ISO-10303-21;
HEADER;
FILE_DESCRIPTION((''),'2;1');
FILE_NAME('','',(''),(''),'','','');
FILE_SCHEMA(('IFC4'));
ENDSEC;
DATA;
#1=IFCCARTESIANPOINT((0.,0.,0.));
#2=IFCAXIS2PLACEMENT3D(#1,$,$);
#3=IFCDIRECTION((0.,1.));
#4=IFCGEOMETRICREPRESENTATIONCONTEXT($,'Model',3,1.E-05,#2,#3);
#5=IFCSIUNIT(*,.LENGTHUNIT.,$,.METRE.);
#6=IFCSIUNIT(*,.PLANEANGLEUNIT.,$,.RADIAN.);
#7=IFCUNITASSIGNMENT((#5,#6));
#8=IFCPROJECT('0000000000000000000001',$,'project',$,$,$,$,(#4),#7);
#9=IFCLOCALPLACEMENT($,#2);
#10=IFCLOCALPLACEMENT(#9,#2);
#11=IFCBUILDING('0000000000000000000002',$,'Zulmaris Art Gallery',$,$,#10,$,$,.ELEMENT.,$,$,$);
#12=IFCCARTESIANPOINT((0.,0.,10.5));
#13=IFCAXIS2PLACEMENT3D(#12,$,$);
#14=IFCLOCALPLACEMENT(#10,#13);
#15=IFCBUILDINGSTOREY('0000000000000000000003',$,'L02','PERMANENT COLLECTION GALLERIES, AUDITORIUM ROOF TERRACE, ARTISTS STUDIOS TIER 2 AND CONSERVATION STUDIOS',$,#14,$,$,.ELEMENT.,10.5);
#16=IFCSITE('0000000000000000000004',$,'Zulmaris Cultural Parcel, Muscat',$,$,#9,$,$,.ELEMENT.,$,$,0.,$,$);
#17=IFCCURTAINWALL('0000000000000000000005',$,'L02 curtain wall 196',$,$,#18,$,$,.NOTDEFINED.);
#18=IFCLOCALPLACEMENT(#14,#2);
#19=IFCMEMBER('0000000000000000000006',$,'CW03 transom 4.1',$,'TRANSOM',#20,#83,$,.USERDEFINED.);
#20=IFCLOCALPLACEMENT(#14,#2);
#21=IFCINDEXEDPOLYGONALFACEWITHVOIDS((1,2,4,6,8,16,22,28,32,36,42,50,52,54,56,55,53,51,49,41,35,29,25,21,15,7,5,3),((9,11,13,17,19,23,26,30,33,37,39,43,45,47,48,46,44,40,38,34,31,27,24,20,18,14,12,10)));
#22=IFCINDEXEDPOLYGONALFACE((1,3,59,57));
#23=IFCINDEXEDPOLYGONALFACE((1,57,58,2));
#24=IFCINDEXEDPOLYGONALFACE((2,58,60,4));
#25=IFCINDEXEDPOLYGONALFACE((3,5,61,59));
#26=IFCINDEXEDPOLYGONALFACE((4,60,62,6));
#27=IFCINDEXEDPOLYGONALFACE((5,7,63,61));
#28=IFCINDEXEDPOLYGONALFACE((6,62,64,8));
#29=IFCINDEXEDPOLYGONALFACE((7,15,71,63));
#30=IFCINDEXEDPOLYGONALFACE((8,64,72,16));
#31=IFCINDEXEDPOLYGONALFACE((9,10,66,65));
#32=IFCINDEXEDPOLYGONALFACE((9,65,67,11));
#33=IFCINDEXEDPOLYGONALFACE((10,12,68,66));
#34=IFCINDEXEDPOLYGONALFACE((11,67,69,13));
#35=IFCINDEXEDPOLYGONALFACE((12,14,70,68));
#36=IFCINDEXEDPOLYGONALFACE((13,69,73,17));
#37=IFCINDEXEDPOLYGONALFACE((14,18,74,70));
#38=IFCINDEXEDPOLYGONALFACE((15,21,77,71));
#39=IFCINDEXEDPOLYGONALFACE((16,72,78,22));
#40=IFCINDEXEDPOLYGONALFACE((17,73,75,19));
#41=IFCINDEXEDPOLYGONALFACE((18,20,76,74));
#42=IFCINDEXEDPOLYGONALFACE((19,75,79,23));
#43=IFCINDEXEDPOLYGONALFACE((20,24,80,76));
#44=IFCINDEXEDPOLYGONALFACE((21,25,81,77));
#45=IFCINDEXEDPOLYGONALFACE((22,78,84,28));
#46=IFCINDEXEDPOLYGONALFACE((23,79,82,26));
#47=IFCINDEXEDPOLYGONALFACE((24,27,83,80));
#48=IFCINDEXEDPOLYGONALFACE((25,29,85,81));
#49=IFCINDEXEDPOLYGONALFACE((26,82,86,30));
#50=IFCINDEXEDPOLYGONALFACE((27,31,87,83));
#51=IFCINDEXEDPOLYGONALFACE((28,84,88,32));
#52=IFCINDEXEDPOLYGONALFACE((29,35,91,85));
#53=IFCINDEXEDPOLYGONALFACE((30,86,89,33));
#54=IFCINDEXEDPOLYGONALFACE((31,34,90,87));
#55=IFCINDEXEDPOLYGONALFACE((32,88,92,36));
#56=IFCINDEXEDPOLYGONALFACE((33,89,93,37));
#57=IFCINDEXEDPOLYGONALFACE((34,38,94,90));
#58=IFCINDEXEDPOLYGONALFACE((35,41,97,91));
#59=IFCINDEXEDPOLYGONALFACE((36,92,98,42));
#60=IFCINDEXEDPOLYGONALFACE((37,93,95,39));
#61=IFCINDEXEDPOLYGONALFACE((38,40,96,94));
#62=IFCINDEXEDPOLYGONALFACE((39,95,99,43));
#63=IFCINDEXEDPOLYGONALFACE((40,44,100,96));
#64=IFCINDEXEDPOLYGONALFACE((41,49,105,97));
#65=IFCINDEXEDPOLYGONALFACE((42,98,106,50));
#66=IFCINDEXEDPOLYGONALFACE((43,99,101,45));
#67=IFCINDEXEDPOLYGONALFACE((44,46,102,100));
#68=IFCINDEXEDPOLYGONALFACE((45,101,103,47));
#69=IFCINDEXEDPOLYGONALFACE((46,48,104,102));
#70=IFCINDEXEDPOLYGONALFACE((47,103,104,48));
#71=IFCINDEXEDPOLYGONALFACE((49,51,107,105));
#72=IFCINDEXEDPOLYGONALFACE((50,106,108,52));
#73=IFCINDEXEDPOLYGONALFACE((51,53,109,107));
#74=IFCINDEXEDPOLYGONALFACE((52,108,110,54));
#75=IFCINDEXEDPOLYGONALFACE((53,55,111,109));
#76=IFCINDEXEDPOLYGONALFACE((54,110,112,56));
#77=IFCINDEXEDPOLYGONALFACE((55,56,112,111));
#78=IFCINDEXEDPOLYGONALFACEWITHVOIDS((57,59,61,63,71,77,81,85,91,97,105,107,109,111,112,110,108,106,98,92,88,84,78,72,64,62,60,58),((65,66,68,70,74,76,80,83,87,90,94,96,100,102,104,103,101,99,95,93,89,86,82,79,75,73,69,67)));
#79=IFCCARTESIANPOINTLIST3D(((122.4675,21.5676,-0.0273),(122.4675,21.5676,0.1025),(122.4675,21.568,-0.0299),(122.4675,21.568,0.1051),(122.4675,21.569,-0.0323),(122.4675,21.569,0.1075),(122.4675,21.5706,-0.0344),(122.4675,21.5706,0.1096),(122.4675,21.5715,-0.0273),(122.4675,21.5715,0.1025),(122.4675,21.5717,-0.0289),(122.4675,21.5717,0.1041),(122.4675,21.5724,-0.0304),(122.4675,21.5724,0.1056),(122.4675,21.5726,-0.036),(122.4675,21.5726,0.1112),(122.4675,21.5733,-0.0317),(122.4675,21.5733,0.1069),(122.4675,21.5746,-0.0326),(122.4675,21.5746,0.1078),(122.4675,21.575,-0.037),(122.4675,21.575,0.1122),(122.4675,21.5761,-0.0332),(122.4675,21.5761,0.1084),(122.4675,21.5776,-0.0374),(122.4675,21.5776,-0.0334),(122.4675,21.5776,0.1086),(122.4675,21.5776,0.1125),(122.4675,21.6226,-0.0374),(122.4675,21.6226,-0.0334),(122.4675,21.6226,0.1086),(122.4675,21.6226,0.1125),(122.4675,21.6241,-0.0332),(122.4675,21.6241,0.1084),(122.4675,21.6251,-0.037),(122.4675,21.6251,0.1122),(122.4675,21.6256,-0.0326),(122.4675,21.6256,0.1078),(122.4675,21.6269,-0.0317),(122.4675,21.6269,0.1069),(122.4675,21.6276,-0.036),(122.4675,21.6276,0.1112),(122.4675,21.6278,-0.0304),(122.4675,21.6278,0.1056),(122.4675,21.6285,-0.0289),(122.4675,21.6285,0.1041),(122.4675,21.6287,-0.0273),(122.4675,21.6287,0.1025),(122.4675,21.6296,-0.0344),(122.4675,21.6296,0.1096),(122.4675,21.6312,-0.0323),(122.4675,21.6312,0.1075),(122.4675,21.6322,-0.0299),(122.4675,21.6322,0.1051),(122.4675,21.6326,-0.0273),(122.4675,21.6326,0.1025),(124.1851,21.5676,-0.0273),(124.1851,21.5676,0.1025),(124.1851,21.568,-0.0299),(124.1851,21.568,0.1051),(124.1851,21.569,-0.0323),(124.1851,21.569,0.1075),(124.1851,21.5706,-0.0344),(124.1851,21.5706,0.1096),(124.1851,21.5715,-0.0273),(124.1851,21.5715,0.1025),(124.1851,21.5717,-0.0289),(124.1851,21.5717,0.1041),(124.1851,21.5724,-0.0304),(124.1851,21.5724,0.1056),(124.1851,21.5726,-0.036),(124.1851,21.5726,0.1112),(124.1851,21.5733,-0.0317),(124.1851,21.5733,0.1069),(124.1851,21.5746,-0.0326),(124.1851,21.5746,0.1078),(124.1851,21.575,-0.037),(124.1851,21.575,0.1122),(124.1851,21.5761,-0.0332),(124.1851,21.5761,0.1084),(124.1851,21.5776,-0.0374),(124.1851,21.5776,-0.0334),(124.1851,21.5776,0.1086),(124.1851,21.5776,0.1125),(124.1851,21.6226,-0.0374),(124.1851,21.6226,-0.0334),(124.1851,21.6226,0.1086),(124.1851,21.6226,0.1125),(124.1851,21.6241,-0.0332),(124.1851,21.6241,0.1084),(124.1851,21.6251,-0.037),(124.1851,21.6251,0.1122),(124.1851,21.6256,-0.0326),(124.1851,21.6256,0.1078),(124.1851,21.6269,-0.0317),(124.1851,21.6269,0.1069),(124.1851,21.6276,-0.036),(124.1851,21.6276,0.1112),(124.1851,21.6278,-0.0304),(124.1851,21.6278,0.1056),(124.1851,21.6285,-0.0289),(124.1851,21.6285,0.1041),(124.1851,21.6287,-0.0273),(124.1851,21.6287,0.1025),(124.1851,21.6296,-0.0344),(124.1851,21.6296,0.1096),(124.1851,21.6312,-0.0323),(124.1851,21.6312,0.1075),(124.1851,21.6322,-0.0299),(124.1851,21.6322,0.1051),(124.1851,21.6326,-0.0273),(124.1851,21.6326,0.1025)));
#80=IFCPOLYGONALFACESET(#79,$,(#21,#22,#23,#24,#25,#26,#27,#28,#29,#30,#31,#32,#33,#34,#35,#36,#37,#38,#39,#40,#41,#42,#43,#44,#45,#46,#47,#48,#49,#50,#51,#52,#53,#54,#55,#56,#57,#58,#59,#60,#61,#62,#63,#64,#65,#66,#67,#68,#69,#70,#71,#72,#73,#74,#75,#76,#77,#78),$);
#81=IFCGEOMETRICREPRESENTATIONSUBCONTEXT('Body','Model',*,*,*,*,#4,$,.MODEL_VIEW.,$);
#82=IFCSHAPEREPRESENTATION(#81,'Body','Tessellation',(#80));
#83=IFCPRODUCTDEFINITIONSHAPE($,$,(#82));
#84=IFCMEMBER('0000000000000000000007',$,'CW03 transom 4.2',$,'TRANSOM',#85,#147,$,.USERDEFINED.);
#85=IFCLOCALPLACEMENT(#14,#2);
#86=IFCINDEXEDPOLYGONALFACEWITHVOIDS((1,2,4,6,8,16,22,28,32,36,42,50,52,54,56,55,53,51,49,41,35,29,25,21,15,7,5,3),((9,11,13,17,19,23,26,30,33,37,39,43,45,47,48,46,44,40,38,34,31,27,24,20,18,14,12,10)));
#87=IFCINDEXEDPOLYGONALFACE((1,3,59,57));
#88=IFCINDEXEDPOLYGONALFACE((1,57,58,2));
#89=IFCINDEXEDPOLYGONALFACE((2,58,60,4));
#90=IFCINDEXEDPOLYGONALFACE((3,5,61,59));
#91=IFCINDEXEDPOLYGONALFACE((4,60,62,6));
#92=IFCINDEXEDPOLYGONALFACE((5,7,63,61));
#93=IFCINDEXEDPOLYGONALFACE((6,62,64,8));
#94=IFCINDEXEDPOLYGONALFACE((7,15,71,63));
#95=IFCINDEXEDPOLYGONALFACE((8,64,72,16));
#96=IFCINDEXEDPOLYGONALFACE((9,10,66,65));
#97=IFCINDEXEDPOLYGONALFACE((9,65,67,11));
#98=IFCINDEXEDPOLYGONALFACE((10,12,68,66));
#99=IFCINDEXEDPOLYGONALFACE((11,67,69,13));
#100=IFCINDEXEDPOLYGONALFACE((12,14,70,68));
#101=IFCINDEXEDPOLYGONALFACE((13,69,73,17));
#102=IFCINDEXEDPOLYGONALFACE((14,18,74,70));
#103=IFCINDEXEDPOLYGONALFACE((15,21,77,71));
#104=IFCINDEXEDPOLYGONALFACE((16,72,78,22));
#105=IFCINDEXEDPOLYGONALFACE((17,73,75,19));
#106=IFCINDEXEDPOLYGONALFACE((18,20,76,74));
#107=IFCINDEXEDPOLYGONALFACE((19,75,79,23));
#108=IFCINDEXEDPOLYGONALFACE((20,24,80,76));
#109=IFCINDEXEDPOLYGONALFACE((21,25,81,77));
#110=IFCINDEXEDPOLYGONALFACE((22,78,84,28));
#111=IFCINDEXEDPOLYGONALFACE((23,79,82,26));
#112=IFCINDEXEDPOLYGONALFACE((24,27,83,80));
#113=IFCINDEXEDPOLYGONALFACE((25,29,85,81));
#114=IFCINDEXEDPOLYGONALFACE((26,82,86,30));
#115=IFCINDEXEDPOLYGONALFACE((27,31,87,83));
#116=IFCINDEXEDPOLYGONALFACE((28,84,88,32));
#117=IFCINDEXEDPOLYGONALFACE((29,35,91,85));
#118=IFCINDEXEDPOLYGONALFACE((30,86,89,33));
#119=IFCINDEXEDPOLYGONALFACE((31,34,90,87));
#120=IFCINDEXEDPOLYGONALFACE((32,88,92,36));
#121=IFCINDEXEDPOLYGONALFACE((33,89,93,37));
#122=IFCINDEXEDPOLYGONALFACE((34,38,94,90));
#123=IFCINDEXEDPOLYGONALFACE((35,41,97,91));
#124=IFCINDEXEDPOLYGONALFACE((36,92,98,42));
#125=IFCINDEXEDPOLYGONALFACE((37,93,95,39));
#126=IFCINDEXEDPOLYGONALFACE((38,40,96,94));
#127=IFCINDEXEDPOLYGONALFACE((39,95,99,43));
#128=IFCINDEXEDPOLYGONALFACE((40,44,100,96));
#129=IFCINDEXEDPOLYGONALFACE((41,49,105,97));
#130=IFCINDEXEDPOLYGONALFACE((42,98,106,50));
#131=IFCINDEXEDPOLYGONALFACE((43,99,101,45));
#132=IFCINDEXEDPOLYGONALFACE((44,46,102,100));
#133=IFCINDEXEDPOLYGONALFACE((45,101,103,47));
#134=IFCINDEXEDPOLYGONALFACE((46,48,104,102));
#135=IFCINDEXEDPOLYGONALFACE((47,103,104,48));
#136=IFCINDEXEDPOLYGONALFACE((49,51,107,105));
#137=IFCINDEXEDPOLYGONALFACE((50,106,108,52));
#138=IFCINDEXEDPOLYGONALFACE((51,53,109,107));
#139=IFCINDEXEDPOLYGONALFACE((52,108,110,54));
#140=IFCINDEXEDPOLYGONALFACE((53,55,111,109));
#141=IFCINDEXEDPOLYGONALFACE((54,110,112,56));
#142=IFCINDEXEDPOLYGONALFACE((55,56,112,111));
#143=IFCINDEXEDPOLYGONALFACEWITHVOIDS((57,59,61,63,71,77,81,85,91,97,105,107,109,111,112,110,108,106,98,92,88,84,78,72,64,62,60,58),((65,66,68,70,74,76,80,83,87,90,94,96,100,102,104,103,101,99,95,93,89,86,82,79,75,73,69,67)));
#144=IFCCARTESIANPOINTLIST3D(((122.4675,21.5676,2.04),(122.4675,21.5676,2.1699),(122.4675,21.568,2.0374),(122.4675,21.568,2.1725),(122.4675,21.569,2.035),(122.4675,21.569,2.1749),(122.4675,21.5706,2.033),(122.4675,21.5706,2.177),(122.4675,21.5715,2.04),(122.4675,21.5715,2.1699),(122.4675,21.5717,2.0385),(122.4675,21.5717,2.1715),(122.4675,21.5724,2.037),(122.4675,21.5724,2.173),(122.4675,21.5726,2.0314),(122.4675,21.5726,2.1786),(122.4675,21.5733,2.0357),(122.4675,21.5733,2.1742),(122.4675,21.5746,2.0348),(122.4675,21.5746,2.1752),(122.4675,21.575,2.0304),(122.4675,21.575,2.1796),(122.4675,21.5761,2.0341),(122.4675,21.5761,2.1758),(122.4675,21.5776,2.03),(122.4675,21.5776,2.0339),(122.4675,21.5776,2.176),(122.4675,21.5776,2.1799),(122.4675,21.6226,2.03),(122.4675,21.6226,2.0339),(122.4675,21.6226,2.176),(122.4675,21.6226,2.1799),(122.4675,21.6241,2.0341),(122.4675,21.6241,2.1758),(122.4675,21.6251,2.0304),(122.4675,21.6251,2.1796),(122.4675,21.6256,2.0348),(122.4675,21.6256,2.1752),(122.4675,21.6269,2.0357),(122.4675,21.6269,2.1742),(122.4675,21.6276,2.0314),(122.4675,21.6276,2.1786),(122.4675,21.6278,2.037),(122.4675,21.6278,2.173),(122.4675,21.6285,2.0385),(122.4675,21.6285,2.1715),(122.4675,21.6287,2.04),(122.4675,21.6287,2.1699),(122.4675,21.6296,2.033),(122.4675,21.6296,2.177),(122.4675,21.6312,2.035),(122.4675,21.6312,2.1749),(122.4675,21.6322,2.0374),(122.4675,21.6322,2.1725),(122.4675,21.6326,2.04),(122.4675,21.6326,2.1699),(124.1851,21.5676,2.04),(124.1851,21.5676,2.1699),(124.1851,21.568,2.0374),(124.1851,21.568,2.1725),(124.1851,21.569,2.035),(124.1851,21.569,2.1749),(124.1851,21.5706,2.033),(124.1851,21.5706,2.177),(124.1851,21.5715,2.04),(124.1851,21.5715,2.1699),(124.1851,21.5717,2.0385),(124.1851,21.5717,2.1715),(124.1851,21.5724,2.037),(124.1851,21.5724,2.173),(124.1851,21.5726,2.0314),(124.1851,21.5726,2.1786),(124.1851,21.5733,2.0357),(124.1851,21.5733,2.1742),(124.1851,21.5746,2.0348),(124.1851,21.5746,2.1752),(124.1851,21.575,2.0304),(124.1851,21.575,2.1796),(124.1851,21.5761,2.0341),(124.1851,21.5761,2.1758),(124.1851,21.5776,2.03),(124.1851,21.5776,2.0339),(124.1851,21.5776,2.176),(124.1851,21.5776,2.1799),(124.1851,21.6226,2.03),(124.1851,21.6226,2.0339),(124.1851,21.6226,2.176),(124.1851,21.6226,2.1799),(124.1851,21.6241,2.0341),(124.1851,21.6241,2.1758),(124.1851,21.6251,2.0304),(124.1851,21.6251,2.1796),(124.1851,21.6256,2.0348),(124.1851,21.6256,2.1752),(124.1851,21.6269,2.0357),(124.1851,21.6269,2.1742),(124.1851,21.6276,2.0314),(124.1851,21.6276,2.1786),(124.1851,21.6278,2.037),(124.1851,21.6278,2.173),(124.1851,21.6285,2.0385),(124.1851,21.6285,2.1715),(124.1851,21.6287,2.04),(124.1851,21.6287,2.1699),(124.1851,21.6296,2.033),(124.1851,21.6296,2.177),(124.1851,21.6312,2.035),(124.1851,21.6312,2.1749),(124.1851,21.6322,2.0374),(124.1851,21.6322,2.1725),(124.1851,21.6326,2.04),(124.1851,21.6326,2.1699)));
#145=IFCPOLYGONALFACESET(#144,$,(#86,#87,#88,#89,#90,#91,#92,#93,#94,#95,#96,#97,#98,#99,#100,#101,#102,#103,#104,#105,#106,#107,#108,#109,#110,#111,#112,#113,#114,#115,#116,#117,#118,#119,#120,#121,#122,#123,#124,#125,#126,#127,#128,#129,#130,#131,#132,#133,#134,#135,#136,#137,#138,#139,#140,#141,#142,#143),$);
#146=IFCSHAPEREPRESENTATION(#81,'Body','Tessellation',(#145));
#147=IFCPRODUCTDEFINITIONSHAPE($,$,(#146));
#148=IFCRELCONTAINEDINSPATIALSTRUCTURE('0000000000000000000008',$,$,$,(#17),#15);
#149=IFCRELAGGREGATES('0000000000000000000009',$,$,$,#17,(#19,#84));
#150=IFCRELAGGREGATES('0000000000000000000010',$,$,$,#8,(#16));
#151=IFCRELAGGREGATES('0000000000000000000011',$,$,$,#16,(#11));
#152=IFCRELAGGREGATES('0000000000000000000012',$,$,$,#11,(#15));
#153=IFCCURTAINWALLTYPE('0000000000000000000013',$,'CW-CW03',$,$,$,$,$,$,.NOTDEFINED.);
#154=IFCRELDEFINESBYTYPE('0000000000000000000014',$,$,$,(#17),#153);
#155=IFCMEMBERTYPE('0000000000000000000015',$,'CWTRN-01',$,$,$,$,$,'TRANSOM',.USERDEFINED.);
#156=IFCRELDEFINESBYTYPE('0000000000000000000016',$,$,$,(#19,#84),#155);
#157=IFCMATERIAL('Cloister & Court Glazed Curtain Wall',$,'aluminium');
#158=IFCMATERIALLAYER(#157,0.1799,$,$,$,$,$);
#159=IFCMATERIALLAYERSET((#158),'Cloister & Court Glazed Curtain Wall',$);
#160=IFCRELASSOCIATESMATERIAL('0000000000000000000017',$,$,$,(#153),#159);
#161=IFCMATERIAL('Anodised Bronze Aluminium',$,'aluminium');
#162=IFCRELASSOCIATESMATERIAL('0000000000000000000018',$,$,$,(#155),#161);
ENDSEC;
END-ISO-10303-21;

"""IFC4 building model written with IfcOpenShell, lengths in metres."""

from ifc_helpers import new_model, si_unit, direction, frame, origin, origin_2d, place, context, subcontext, project, spatial, hollow_rectangle, extrude, material, layer, layer_set, material_profile, profile_set, type_object, element, aggregate, save


model = new_model("IFC4")

# Units and contexts
model_context = context("Model", 3, precision=1e-05, world=origin(), true_north=direction((0.0, 1.0)))
body_context = subcontext(model_context, "Body", "Model", "MODEL_VIEW")
ifc_project = project(units=[si_unit("LENGTHUNIT", "METRE"), si_unit("PLANEANGLEUNIT", "RADIAN")], contexts=[model_context])

# Site, building, storey
site_placement = place(None, origin())
site = spatial("IfcSite", under=ifc_project, at=site_placement, Name="Zulmaris Cultural Parcel, Muscat", CompositionType="ELEMENT", RefElevation=0.0)
building_placement = place(site_placement, origin())
building = spatial("IfcBuilding", under=site, at=building_placement, Name="Zulmaris Art Gallery", CompositionType="ELEMENT")
storey_placement = place(building_placement, frame((0.0, 0.0, 10.5)))
storey = spatial("IfcBuildingStorey", under=building, at=storey_placement, Name="L02", Description="PERMANENT COLLECTION GALLERIES, AUDITORIUM ROOF TERRACE, ARTISTS STUDIOS TIER 2 AND CONSERVATION STUDIOS", CompositionType="ELEMENT", Elevation=10.5)

# Curtain wall
ifc_material_1 = material(Name="Cloister & Court Glazed Curtain Wall", Category="aluminium")
ifc_layer_1 = layer(ifc_material_1, 0.1799)
ifc_layer_set_1 = layer_set([ifc_layer_1], Name="Cloister & Court Glazed Curtain Wall")
curtain_wall_type = type_object("IfcCurtainWallType", Name="CW-CW03", PredefinedType="NOTDEFINED", material=ifc_layer_set_1)
ifc_material_2 = material(Name="Anodised Bronze Aluminium", Category="aluminium")
curtain_wall_1_placement = place(storey_placement, origin())
curtain_wall_1 = element("IfcCurtainWall", 1, at=curtain_wall_1_placement, inside=storey, type_object=curtain_wall_type, Name="L02 curtain wall 196", PredefinedType="NOTDEFINED")

# Members
ifc_material_profile_1 = material_profile(ifc_material_2, hollow_rectangle(XDim=0.0649, YDim=0.1499, WallThickness=0.0039, InnerFilletRadius=0.0061, OuterFilletRadius=0.01, at=origin_2d()), Name="ALU 65x150x4")
ifc_profile_set_1 = profile_set([ifc_material_profile_1], Name="Anodised Bronze Aluminium")
member_type_1 = type_object("IfcMemberType", Name="CWTRN-01", ElementType="TRANSOM", PredefinedType="USERDEFINED", material=ifc_profile_set_1)
member_1_placement = place(storey_placement, frame((122.4675, 21.6001, 0.0376), z_axis=(1.0, 0.0, 0.0), x_axis=(0.0, 1.0, 0.0)))
member_1 = element("IfcMember", 2, at=member_1_placement, type_object=member_type_1, Name="CW03 transom 4.1", ObjectType="TRANSOM", PredefinedType="USERDEFINED", context=body_context, shape_type="SweptSolid", body=[
    extrude(hollow_rectangle(XDim=0.0649, YDim=0.1499, WallThickness=0.0039, InnerFilletRadius=0.0061, OuterFilletRadius=0.01, at=origin_2d()), origin(), (0.0, 0.0, 1.0), 1.7175),
])
member_2_placement = place(storey_placement, frame((122.4675, 21.6001, 2.105), z_axis=(1.0, 0.0, 0.0), x_axis=(0.0, 1.0, 0.0)))
member_2 = element("IfcMember", 3, at=member_2_placement, type_object=member_type_1, Name="CW03 transom 4.2", ObjectType="TRANSOM", PredefinedType="USERDEFINED", context=body_context, shape_type="SweptSolid", body=[
    extrude(hollow_rectangle(XDim=0.0649, YDim=0.1499, WallThickness=0.0039, InnerFilletRadius=0.0061, OuterFilletRadius=0.01, at=origin_2d()), origin(), (0.0, 0.0, 1.0), 1.7175),
])

aggregate(curtain_wall_1, [member_1, member_2])

save(model, "model.ifc")
